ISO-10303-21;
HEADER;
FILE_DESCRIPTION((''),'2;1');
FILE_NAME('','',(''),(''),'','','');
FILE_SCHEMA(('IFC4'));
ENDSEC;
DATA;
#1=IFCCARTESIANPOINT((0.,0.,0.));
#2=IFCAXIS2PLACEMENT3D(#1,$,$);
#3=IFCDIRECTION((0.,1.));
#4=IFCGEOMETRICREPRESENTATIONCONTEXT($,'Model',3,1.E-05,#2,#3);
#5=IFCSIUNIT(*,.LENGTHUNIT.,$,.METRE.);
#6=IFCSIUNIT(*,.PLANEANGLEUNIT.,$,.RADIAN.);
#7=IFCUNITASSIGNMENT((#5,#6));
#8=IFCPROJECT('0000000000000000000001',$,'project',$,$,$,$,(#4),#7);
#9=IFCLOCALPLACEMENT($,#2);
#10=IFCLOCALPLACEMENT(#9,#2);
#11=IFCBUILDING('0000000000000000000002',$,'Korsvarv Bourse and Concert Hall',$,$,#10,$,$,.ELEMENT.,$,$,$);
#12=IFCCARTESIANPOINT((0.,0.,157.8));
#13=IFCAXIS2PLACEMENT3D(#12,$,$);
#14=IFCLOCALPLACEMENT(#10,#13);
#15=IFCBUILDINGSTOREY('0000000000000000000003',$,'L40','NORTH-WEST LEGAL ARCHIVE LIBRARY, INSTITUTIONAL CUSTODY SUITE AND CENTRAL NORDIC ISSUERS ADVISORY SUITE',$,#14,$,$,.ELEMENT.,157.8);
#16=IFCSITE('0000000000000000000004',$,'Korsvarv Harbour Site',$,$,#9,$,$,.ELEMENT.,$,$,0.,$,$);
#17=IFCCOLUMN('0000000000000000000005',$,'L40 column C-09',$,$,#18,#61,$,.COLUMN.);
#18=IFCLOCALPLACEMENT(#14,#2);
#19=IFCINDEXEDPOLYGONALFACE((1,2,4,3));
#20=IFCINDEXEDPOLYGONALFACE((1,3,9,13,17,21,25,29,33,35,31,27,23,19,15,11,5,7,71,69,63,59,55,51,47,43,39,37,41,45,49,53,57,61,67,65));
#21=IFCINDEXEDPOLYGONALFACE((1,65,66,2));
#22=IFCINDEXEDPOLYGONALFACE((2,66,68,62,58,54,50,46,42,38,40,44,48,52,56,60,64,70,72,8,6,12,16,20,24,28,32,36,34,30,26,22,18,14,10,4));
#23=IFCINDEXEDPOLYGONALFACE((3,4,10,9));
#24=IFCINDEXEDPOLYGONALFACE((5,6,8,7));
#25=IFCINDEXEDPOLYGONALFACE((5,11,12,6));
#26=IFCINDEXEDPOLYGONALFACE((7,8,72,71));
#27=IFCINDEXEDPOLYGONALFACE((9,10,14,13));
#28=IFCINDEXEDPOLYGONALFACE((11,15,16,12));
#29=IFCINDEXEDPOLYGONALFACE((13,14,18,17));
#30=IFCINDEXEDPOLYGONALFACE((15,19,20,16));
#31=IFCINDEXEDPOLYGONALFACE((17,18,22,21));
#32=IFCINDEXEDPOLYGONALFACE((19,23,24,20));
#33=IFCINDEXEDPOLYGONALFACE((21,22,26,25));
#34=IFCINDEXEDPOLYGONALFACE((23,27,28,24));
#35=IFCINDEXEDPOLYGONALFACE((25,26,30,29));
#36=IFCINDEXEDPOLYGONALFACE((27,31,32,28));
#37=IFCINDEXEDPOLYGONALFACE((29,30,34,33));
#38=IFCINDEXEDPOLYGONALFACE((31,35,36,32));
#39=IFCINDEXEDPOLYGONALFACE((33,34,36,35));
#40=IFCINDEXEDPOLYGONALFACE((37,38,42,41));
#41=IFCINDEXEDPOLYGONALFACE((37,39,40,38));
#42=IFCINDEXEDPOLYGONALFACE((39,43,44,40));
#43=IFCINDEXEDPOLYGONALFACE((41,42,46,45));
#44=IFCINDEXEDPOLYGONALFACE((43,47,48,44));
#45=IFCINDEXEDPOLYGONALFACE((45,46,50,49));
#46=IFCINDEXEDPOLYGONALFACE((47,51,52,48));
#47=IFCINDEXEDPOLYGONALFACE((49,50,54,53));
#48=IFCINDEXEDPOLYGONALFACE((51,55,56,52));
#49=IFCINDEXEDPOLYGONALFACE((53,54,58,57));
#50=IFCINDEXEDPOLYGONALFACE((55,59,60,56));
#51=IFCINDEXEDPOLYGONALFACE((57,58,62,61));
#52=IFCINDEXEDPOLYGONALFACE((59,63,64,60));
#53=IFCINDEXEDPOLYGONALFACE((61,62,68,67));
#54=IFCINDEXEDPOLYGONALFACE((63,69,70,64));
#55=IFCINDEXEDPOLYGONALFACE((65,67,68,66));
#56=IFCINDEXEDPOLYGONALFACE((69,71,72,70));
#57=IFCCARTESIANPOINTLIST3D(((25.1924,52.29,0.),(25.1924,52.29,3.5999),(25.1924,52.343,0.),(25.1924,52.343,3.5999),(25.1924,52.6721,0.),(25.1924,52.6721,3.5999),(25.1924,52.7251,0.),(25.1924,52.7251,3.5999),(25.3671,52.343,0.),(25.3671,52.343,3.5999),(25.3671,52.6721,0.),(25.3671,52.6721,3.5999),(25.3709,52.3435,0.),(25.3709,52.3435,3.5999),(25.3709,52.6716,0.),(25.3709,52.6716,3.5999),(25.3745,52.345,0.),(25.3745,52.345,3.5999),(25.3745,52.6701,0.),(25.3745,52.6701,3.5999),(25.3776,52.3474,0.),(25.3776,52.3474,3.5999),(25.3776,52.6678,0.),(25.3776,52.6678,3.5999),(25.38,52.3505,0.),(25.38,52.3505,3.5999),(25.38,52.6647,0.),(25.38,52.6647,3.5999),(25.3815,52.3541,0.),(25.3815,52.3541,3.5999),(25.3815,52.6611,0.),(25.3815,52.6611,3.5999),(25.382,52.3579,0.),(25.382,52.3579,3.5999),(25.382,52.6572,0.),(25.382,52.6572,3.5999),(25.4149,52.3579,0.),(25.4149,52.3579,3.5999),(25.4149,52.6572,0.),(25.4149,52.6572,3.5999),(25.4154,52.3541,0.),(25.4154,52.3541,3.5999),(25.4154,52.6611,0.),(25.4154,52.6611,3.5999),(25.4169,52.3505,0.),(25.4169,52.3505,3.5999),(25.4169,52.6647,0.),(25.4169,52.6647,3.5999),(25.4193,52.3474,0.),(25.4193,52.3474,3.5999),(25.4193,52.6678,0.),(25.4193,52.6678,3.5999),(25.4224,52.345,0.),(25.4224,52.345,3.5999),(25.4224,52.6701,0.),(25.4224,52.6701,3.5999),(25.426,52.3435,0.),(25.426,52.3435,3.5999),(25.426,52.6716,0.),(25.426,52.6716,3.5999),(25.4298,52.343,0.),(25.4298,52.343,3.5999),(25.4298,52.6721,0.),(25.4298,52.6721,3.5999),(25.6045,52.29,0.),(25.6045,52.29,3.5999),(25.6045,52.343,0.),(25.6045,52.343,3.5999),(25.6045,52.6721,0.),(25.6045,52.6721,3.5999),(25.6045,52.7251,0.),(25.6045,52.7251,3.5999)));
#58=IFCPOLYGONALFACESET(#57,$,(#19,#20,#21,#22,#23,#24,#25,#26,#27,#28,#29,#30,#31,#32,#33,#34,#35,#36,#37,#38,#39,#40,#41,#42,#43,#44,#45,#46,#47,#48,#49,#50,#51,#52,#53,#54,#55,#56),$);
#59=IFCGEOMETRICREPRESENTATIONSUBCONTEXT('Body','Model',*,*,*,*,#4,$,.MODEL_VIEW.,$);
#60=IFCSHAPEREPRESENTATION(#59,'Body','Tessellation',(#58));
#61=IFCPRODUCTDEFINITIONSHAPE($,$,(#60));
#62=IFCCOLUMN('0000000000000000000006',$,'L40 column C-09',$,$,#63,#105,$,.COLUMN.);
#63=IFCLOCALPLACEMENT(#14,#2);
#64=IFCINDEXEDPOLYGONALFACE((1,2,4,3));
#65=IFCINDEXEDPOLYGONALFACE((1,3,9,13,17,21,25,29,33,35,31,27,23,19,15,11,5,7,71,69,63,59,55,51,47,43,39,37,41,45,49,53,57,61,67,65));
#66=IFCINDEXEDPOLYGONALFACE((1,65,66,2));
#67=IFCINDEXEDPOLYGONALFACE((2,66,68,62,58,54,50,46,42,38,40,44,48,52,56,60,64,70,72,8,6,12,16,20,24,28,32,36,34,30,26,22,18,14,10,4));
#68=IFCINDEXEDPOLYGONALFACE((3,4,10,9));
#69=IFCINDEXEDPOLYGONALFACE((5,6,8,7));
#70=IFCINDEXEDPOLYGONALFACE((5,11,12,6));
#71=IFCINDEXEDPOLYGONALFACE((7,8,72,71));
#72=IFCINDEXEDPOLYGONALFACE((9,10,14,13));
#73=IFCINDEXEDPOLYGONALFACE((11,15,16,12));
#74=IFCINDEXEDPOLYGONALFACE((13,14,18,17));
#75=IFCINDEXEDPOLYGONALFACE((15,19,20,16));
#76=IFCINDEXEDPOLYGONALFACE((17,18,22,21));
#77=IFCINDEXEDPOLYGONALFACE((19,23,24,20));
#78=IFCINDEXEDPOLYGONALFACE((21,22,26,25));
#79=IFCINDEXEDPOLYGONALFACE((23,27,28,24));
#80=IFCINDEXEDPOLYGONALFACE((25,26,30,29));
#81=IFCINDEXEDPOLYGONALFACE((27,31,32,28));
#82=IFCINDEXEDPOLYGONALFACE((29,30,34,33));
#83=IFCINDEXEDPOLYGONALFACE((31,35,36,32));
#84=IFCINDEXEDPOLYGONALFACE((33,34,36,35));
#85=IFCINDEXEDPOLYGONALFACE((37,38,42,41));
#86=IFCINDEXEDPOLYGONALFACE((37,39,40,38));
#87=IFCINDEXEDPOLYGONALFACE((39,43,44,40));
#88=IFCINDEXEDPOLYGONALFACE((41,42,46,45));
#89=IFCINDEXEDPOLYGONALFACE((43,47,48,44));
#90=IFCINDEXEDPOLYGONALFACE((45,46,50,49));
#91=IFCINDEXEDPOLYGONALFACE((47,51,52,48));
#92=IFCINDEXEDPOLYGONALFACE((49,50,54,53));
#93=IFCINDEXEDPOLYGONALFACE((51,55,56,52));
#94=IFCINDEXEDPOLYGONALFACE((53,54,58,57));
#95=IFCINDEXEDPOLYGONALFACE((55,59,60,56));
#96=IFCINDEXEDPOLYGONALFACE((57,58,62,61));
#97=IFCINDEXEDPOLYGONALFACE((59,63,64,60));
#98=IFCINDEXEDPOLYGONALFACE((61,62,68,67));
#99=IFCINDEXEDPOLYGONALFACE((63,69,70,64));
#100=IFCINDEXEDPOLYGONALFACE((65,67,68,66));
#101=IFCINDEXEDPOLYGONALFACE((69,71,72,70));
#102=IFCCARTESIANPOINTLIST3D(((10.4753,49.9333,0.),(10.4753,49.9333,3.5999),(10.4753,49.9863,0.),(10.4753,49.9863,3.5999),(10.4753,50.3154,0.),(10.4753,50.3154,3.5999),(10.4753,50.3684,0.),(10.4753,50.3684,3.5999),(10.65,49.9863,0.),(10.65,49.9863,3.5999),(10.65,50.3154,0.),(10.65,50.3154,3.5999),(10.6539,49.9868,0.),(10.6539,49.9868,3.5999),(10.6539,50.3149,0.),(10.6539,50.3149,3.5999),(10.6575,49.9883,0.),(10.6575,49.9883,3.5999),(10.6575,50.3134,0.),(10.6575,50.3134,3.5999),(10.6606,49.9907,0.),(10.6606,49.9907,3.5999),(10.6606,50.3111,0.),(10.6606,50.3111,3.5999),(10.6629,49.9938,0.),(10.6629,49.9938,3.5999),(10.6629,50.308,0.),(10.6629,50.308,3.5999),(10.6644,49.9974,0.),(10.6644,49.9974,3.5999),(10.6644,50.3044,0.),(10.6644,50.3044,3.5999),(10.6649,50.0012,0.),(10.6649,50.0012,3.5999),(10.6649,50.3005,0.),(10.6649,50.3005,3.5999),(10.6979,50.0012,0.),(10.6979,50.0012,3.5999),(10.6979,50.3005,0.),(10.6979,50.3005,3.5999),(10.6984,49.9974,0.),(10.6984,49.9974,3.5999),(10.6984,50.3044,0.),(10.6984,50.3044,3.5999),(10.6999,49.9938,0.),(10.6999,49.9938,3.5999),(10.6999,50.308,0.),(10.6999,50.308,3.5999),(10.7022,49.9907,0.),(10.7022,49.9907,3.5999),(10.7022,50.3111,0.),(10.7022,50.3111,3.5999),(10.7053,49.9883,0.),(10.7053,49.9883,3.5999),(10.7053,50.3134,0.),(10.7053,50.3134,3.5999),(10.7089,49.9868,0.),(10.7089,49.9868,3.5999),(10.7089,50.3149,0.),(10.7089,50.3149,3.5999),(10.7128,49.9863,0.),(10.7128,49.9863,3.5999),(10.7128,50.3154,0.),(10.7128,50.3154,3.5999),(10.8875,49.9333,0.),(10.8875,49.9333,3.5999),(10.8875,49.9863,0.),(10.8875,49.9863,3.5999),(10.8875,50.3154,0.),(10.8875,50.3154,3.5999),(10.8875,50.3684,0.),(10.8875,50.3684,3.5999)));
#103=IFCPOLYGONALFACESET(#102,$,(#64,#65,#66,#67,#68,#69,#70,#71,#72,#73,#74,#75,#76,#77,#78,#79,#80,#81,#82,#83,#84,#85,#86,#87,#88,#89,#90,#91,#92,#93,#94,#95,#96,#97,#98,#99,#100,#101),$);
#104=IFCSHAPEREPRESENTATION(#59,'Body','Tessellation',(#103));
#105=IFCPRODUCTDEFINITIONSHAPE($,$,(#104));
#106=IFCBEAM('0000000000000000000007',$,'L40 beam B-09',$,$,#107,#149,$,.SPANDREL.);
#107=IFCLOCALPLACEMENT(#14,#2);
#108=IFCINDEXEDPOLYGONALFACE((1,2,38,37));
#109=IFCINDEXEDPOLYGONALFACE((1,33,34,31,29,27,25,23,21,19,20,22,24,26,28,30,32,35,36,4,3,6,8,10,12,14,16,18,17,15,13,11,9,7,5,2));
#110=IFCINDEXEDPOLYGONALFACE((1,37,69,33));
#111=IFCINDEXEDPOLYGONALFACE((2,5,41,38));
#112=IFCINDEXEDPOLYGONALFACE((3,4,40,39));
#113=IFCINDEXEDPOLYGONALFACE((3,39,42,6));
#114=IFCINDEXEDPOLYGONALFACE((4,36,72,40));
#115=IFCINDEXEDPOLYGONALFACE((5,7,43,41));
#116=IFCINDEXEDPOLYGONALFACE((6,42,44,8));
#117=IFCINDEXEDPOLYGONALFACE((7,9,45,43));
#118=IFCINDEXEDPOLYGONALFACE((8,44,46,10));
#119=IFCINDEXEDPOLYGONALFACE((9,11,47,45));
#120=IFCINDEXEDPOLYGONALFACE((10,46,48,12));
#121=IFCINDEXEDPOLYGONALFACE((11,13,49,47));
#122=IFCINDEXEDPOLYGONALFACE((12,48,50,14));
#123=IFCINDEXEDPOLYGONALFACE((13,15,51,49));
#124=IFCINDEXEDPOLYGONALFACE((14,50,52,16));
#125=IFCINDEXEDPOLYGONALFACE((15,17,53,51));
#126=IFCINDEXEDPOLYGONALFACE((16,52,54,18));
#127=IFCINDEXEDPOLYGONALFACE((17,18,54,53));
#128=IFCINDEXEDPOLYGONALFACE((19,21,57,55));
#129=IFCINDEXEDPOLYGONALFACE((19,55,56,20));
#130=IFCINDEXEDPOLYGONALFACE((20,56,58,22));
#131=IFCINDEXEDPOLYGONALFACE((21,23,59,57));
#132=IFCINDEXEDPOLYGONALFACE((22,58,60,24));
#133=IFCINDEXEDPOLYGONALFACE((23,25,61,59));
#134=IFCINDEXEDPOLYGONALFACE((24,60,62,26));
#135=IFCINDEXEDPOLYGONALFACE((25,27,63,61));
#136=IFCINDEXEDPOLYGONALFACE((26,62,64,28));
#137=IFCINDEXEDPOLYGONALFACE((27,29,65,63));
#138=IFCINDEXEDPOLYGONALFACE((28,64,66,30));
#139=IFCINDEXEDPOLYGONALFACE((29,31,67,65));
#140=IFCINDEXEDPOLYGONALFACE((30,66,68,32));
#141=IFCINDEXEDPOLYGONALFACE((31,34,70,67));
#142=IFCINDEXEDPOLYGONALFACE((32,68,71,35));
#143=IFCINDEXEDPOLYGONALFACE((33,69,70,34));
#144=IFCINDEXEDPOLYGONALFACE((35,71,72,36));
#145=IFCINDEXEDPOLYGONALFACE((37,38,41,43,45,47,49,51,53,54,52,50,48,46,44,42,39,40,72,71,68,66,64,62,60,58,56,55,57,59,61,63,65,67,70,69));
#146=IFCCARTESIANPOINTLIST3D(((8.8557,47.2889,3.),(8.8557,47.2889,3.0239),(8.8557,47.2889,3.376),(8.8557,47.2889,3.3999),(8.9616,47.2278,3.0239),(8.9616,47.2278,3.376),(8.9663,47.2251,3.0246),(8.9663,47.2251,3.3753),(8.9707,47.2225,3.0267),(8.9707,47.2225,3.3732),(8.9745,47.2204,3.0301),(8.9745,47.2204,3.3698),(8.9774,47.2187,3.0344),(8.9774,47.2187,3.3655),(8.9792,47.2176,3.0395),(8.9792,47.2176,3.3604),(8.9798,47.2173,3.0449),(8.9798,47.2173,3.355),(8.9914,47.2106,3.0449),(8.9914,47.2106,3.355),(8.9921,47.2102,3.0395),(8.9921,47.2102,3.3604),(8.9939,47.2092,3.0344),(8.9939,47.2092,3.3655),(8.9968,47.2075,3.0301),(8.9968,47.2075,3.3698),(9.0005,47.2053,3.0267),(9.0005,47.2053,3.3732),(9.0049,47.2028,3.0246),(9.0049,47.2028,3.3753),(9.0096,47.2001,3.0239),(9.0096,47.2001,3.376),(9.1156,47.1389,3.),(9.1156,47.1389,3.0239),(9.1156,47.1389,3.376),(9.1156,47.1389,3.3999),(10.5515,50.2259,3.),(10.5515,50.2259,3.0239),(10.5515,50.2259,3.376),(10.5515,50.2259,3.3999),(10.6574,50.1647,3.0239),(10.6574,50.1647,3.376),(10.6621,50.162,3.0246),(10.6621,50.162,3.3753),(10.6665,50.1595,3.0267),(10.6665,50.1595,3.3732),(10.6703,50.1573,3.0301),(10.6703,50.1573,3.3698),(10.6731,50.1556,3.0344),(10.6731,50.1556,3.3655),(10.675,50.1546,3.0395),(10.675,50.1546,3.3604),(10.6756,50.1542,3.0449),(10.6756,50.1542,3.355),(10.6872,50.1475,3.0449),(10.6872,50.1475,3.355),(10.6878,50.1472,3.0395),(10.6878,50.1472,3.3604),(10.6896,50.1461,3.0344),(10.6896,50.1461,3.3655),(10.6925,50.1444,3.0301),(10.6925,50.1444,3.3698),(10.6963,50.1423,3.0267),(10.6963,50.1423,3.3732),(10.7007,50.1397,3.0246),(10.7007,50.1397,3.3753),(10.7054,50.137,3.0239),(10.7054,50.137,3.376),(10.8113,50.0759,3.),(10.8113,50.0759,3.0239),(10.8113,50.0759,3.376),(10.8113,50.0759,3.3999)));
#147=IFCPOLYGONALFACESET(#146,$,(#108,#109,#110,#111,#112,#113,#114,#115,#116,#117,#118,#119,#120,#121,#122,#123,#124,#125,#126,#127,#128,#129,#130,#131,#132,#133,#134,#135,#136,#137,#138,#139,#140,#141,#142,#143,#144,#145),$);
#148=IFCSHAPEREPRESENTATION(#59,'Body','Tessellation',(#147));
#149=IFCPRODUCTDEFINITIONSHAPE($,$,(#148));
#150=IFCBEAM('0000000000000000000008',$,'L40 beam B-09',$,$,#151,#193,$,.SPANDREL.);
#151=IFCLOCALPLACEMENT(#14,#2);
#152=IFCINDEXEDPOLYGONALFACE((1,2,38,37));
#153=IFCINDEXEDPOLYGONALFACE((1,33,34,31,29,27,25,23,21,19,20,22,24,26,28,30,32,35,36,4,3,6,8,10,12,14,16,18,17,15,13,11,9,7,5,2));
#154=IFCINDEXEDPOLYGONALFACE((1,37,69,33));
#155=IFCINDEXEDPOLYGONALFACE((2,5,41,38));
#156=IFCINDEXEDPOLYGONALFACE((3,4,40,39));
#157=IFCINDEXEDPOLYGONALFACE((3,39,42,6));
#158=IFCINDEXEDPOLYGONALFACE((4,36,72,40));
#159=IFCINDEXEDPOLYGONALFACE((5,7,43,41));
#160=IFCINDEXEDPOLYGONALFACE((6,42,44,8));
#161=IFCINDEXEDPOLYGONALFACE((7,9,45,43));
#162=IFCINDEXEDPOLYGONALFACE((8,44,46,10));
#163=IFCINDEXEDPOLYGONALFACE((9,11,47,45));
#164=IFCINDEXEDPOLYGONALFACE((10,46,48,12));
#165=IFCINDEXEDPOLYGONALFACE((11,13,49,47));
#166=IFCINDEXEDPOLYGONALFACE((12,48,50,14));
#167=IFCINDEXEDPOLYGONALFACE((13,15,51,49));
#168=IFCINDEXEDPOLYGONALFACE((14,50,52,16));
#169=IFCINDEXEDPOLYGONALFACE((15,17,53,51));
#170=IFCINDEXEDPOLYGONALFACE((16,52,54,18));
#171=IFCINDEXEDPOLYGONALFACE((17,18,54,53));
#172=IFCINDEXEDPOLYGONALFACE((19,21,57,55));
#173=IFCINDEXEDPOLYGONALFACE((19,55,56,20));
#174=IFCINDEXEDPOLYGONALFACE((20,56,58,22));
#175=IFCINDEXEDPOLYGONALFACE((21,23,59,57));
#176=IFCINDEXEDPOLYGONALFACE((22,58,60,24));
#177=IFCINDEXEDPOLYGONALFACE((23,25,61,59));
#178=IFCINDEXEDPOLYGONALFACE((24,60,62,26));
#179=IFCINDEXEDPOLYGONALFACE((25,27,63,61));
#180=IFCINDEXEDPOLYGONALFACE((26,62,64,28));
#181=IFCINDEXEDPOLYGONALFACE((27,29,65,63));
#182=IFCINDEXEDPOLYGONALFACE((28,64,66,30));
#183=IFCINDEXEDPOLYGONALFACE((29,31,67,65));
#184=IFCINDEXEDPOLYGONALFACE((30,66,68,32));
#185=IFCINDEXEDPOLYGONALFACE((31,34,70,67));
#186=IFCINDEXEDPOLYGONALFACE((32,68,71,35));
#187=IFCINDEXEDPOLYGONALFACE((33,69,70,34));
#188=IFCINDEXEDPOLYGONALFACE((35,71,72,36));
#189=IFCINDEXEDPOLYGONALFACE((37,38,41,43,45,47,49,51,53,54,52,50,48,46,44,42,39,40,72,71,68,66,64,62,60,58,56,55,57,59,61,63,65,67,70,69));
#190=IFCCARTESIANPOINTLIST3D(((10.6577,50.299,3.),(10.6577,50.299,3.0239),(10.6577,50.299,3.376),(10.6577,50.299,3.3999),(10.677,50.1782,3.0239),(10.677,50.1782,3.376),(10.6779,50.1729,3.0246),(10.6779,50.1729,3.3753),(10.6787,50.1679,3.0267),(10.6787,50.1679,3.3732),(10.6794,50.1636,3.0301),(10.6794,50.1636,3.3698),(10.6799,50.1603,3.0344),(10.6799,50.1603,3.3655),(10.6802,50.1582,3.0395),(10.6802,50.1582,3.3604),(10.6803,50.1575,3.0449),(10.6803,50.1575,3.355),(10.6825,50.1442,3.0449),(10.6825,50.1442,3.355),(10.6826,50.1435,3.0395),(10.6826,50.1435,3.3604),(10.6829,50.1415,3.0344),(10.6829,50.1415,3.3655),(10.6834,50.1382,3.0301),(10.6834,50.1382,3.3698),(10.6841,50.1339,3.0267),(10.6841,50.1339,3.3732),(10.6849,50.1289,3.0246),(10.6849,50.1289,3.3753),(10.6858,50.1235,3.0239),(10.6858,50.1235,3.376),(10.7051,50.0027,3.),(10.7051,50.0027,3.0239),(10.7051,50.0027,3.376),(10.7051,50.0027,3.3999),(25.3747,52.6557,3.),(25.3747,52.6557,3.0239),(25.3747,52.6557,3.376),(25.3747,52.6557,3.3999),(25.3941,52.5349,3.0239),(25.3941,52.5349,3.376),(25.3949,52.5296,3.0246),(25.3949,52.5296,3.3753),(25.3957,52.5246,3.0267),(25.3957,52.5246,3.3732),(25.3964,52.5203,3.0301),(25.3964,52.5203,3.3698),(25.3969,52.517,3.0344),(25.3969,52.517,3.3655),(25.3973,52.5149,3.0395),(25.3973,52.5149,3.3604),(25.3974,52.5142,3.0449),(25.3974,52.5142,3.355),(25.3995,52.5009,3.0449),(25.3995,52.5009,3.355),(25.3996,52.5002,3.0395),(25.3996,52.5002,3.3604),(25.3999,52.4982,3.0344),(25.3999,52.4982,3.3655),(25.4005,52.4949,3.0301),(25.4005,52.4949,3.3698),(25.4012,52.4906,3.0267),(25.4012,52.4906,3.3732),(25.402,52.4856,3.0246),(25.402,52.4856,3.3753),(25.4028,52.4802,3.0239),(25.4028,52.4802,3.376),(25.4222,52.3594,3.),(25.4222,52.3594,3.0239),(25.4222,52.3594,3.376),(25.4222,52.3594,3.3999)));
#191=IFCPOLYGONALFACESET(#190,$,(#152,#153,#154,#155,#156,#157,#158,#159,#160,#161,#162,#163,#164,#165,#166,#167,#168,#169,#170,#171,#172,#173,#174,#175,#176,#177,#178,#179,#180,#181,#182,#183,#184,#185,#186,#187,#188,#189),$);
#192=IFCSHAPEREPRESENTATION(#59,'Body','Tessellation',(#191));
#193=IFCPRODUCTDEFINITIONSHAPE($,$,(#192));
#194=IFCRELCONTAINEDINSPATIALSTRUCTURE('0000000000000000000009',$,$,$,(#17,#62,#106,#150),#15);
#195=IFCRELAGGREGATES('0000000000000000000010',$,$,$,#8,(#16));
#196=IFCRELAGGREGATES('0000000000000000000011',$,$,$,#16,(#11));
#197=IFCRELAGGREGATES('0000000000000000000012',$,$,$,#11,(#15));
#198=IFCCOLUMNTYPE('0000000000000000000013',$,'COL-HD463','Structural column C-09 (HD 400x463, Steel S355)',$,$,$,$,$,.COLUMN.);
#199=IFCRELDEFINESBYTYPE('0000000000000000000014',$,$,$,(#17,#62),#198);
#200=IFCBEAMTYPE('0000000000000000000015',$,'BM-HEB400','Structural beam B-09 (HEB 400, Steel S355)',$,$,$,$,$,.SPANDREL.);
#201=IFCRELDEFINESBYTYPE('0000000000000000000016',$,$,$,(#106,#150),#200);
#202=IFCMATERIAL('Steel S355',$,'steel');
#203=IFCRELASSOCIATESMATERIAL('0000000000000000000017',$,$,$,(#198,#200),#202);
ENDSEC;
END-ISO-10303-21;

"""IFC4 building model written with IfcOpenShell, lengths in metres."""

from ifc_helpers import new_model, si_unit, direction, frame, origin, origin_2d, place, context, subcontext, project, spatial, i_section, extrude, source, transform, mapped, material, material_profile, profile_set, type_object, element, save


model = new_model("IFC4")

# Units and contexts
model_context = context("Model", 3, precision=1e-05, world=origin(), true_north=direction((0.0, 1.0)))
body_context = subcontext(model_context, "Body", "Model", "MODEL_VIEW")
ifc_project = project(units=[si_unit("LENGTHUNIT", "METRE"), si_unit("PLANEANGLEUNIT", "RADIAN")], contexts=[model_context])

# Site, building, storey
site_placement = place(None, origin())
site = spatial("IfcSite", under=ifc_project, at=site_placement, Name="Korsvarv Harbour Site", CompositionType="ELEMENT", RefElevation=0.0)
building_placement = place(site_placement, origin())
building = spatial("IfcBuilding", under=site, at=building_placement, Name="Korsvarv Bourse and Concert Hall", CompositionType="ELEMENT")
storey_placement = place(building_placement, frame((0.0, 0.0, 157.8)))
storey = spatial("IfcBuildingStorey", under=building, at=storey_placement, Name="L40", Description="NORTH-WEST LEGAL ARCHIVE LIBRARY, INSTITUTIONAL CUSTODY SUITE AND CENTRAL NORDIC ISSUERS ADVISORY SUITE", CompositionType="ELEMENT", Elevation=157.8)

# Columns
ifc_material_1 = material(Name="Steel S355", Category="steel")
ifc_material_profile_1 = material_profile(ifc_material_1, i_section(OverallWidth=0.4121, OverallDepth=0.4351, WebThickness=0.033, FlangeThickness=0.053, FilletRadius=0.0149, at=origin_2d()), Name="HD 400x463")
ifc_profile_set_1 = profile_set([ifc_material_profile_1], Name="Steel S355")
column_type = type_object("IfcColumnType", Name="COL-HD463", Description="Structural column C-09 (HD 400x463, Steel S355)", PredefinedType="COLUMN", material=ifc_profile_set_1)
shared_shape_1 = source(origin(), body_context, "Body", "SweptSolid", [
    extrude(i_section(OverallWidth=0.4121, OverallDepth=0.4351, WebThickness=0.033, FlangeThickness=0.053, FilletRadius=0.0149, at=origin_2d()), origin(), (0.0, 0.0, 1.0), 3.5999),
])
for number, where, z_axis, x_axis, name in (
    (1, (25.3984, 52.5076, 0.0), (0.0, 0.0, 1.0), (1.0, 0.0, 0.0), "L40 column C-09"),
    (2, (10.6814, 50.1509, 0.0), (0.0, 0.0, 1.0), (1.0, 0.0, 0.0), "L40 column C-09"),
):
    element("IfcColumn", number, at=place(storey_placement, frame(where, z_axis=z_axis, x_axis=x_axis)), inside=storey, type_object=column_type, Name=name, PredefinedType="COLUMN", context=body_context, shape_type="MappedRepresentation", body=[
        mapped(shared_shape_1, transform((0.0, 0.0, 0.0), scale=1.0)),
    ])

# Beams
ifc_material_profile_2 = material_profile(ifc_material_1, i_section(OverallWidth=0.3, OverallDepth=0.3999, WebThickness=0.0134, FlangeThickness=0.0239, FilletRadius=0.021, at=origin_2d()), Name="HEB 400")
ifc_profile_set_2 = profile_set([ifc_material_profile_2], Name="Steel S355")
beam_type_1 = type_object("IfcBeamType", Name="BM-HEB400", Description="Structural beam B-09 (HEB 400, Steel S355)", PredefinedType="SPANDREL", material=ifc_profile_set_2)
shared_shape_2 = source(origin(), body_context, "Body", "SweptSolid", [
    extrude(i_section(OverallWidth=0.3, OverallDepth=0.3999, WebThickness=0.0134, FlangeThickness=0.0239, FilletRadius=0.021, at=origin_2d()), origin(), (0.0, 0.0, 1.0), 3.3914),
])
beam_1_placement = place(storey_placement, frame((10.6814, 50.1509, 3.2), z_axis=(-0.500026, -0.866011, 0.0), x_axis=(0.866011, -0.500026, 0.0)))
element("IfcBeam", 3, at=beam_1_placement, inside=storey, type_object=beam_type_1, Name="L40 beam B-09", PredefinedType="SPANDREL", context=body_context, shape_type="MappedRepresentation", body=[
    mapped(shared_shape_2, transform((0.0, 0.0, 0.0), scale=1.0)),
])
shared_shape_3 = source(origin(), body_context, "Body", "SweptSolid", [
    extrude(i_section(OverallWidth=0.3, OverallDepth=0.3999, WebThickness=0.0134, FlangeThickness=0.0239, FilletRadius=0.021, at=origin_2d()), origin(), (0.0, 0.0, 1.0), 14.9045),
])
beam_2_placement = place(storey_placement, frame((25.3984, 52.5076, 3.2), z_axis=(-0.98742, -0.158119, 0.0), x_axis=(0.158119, -0.98742, 0.0)))
element("IfcBeam", 4, at=beam_2_placement, inside=storey, type_object=beam_type_1, Name="L40 beam B-09", PredefinedType="SPANDREL", context=body_context, shape_type="MappedRepresentation", body=[
    mapped(shared_shape_3, transform((0.0, 0.0, 0.0), scale=1.0)),
])

save(model, "model.ifc")
